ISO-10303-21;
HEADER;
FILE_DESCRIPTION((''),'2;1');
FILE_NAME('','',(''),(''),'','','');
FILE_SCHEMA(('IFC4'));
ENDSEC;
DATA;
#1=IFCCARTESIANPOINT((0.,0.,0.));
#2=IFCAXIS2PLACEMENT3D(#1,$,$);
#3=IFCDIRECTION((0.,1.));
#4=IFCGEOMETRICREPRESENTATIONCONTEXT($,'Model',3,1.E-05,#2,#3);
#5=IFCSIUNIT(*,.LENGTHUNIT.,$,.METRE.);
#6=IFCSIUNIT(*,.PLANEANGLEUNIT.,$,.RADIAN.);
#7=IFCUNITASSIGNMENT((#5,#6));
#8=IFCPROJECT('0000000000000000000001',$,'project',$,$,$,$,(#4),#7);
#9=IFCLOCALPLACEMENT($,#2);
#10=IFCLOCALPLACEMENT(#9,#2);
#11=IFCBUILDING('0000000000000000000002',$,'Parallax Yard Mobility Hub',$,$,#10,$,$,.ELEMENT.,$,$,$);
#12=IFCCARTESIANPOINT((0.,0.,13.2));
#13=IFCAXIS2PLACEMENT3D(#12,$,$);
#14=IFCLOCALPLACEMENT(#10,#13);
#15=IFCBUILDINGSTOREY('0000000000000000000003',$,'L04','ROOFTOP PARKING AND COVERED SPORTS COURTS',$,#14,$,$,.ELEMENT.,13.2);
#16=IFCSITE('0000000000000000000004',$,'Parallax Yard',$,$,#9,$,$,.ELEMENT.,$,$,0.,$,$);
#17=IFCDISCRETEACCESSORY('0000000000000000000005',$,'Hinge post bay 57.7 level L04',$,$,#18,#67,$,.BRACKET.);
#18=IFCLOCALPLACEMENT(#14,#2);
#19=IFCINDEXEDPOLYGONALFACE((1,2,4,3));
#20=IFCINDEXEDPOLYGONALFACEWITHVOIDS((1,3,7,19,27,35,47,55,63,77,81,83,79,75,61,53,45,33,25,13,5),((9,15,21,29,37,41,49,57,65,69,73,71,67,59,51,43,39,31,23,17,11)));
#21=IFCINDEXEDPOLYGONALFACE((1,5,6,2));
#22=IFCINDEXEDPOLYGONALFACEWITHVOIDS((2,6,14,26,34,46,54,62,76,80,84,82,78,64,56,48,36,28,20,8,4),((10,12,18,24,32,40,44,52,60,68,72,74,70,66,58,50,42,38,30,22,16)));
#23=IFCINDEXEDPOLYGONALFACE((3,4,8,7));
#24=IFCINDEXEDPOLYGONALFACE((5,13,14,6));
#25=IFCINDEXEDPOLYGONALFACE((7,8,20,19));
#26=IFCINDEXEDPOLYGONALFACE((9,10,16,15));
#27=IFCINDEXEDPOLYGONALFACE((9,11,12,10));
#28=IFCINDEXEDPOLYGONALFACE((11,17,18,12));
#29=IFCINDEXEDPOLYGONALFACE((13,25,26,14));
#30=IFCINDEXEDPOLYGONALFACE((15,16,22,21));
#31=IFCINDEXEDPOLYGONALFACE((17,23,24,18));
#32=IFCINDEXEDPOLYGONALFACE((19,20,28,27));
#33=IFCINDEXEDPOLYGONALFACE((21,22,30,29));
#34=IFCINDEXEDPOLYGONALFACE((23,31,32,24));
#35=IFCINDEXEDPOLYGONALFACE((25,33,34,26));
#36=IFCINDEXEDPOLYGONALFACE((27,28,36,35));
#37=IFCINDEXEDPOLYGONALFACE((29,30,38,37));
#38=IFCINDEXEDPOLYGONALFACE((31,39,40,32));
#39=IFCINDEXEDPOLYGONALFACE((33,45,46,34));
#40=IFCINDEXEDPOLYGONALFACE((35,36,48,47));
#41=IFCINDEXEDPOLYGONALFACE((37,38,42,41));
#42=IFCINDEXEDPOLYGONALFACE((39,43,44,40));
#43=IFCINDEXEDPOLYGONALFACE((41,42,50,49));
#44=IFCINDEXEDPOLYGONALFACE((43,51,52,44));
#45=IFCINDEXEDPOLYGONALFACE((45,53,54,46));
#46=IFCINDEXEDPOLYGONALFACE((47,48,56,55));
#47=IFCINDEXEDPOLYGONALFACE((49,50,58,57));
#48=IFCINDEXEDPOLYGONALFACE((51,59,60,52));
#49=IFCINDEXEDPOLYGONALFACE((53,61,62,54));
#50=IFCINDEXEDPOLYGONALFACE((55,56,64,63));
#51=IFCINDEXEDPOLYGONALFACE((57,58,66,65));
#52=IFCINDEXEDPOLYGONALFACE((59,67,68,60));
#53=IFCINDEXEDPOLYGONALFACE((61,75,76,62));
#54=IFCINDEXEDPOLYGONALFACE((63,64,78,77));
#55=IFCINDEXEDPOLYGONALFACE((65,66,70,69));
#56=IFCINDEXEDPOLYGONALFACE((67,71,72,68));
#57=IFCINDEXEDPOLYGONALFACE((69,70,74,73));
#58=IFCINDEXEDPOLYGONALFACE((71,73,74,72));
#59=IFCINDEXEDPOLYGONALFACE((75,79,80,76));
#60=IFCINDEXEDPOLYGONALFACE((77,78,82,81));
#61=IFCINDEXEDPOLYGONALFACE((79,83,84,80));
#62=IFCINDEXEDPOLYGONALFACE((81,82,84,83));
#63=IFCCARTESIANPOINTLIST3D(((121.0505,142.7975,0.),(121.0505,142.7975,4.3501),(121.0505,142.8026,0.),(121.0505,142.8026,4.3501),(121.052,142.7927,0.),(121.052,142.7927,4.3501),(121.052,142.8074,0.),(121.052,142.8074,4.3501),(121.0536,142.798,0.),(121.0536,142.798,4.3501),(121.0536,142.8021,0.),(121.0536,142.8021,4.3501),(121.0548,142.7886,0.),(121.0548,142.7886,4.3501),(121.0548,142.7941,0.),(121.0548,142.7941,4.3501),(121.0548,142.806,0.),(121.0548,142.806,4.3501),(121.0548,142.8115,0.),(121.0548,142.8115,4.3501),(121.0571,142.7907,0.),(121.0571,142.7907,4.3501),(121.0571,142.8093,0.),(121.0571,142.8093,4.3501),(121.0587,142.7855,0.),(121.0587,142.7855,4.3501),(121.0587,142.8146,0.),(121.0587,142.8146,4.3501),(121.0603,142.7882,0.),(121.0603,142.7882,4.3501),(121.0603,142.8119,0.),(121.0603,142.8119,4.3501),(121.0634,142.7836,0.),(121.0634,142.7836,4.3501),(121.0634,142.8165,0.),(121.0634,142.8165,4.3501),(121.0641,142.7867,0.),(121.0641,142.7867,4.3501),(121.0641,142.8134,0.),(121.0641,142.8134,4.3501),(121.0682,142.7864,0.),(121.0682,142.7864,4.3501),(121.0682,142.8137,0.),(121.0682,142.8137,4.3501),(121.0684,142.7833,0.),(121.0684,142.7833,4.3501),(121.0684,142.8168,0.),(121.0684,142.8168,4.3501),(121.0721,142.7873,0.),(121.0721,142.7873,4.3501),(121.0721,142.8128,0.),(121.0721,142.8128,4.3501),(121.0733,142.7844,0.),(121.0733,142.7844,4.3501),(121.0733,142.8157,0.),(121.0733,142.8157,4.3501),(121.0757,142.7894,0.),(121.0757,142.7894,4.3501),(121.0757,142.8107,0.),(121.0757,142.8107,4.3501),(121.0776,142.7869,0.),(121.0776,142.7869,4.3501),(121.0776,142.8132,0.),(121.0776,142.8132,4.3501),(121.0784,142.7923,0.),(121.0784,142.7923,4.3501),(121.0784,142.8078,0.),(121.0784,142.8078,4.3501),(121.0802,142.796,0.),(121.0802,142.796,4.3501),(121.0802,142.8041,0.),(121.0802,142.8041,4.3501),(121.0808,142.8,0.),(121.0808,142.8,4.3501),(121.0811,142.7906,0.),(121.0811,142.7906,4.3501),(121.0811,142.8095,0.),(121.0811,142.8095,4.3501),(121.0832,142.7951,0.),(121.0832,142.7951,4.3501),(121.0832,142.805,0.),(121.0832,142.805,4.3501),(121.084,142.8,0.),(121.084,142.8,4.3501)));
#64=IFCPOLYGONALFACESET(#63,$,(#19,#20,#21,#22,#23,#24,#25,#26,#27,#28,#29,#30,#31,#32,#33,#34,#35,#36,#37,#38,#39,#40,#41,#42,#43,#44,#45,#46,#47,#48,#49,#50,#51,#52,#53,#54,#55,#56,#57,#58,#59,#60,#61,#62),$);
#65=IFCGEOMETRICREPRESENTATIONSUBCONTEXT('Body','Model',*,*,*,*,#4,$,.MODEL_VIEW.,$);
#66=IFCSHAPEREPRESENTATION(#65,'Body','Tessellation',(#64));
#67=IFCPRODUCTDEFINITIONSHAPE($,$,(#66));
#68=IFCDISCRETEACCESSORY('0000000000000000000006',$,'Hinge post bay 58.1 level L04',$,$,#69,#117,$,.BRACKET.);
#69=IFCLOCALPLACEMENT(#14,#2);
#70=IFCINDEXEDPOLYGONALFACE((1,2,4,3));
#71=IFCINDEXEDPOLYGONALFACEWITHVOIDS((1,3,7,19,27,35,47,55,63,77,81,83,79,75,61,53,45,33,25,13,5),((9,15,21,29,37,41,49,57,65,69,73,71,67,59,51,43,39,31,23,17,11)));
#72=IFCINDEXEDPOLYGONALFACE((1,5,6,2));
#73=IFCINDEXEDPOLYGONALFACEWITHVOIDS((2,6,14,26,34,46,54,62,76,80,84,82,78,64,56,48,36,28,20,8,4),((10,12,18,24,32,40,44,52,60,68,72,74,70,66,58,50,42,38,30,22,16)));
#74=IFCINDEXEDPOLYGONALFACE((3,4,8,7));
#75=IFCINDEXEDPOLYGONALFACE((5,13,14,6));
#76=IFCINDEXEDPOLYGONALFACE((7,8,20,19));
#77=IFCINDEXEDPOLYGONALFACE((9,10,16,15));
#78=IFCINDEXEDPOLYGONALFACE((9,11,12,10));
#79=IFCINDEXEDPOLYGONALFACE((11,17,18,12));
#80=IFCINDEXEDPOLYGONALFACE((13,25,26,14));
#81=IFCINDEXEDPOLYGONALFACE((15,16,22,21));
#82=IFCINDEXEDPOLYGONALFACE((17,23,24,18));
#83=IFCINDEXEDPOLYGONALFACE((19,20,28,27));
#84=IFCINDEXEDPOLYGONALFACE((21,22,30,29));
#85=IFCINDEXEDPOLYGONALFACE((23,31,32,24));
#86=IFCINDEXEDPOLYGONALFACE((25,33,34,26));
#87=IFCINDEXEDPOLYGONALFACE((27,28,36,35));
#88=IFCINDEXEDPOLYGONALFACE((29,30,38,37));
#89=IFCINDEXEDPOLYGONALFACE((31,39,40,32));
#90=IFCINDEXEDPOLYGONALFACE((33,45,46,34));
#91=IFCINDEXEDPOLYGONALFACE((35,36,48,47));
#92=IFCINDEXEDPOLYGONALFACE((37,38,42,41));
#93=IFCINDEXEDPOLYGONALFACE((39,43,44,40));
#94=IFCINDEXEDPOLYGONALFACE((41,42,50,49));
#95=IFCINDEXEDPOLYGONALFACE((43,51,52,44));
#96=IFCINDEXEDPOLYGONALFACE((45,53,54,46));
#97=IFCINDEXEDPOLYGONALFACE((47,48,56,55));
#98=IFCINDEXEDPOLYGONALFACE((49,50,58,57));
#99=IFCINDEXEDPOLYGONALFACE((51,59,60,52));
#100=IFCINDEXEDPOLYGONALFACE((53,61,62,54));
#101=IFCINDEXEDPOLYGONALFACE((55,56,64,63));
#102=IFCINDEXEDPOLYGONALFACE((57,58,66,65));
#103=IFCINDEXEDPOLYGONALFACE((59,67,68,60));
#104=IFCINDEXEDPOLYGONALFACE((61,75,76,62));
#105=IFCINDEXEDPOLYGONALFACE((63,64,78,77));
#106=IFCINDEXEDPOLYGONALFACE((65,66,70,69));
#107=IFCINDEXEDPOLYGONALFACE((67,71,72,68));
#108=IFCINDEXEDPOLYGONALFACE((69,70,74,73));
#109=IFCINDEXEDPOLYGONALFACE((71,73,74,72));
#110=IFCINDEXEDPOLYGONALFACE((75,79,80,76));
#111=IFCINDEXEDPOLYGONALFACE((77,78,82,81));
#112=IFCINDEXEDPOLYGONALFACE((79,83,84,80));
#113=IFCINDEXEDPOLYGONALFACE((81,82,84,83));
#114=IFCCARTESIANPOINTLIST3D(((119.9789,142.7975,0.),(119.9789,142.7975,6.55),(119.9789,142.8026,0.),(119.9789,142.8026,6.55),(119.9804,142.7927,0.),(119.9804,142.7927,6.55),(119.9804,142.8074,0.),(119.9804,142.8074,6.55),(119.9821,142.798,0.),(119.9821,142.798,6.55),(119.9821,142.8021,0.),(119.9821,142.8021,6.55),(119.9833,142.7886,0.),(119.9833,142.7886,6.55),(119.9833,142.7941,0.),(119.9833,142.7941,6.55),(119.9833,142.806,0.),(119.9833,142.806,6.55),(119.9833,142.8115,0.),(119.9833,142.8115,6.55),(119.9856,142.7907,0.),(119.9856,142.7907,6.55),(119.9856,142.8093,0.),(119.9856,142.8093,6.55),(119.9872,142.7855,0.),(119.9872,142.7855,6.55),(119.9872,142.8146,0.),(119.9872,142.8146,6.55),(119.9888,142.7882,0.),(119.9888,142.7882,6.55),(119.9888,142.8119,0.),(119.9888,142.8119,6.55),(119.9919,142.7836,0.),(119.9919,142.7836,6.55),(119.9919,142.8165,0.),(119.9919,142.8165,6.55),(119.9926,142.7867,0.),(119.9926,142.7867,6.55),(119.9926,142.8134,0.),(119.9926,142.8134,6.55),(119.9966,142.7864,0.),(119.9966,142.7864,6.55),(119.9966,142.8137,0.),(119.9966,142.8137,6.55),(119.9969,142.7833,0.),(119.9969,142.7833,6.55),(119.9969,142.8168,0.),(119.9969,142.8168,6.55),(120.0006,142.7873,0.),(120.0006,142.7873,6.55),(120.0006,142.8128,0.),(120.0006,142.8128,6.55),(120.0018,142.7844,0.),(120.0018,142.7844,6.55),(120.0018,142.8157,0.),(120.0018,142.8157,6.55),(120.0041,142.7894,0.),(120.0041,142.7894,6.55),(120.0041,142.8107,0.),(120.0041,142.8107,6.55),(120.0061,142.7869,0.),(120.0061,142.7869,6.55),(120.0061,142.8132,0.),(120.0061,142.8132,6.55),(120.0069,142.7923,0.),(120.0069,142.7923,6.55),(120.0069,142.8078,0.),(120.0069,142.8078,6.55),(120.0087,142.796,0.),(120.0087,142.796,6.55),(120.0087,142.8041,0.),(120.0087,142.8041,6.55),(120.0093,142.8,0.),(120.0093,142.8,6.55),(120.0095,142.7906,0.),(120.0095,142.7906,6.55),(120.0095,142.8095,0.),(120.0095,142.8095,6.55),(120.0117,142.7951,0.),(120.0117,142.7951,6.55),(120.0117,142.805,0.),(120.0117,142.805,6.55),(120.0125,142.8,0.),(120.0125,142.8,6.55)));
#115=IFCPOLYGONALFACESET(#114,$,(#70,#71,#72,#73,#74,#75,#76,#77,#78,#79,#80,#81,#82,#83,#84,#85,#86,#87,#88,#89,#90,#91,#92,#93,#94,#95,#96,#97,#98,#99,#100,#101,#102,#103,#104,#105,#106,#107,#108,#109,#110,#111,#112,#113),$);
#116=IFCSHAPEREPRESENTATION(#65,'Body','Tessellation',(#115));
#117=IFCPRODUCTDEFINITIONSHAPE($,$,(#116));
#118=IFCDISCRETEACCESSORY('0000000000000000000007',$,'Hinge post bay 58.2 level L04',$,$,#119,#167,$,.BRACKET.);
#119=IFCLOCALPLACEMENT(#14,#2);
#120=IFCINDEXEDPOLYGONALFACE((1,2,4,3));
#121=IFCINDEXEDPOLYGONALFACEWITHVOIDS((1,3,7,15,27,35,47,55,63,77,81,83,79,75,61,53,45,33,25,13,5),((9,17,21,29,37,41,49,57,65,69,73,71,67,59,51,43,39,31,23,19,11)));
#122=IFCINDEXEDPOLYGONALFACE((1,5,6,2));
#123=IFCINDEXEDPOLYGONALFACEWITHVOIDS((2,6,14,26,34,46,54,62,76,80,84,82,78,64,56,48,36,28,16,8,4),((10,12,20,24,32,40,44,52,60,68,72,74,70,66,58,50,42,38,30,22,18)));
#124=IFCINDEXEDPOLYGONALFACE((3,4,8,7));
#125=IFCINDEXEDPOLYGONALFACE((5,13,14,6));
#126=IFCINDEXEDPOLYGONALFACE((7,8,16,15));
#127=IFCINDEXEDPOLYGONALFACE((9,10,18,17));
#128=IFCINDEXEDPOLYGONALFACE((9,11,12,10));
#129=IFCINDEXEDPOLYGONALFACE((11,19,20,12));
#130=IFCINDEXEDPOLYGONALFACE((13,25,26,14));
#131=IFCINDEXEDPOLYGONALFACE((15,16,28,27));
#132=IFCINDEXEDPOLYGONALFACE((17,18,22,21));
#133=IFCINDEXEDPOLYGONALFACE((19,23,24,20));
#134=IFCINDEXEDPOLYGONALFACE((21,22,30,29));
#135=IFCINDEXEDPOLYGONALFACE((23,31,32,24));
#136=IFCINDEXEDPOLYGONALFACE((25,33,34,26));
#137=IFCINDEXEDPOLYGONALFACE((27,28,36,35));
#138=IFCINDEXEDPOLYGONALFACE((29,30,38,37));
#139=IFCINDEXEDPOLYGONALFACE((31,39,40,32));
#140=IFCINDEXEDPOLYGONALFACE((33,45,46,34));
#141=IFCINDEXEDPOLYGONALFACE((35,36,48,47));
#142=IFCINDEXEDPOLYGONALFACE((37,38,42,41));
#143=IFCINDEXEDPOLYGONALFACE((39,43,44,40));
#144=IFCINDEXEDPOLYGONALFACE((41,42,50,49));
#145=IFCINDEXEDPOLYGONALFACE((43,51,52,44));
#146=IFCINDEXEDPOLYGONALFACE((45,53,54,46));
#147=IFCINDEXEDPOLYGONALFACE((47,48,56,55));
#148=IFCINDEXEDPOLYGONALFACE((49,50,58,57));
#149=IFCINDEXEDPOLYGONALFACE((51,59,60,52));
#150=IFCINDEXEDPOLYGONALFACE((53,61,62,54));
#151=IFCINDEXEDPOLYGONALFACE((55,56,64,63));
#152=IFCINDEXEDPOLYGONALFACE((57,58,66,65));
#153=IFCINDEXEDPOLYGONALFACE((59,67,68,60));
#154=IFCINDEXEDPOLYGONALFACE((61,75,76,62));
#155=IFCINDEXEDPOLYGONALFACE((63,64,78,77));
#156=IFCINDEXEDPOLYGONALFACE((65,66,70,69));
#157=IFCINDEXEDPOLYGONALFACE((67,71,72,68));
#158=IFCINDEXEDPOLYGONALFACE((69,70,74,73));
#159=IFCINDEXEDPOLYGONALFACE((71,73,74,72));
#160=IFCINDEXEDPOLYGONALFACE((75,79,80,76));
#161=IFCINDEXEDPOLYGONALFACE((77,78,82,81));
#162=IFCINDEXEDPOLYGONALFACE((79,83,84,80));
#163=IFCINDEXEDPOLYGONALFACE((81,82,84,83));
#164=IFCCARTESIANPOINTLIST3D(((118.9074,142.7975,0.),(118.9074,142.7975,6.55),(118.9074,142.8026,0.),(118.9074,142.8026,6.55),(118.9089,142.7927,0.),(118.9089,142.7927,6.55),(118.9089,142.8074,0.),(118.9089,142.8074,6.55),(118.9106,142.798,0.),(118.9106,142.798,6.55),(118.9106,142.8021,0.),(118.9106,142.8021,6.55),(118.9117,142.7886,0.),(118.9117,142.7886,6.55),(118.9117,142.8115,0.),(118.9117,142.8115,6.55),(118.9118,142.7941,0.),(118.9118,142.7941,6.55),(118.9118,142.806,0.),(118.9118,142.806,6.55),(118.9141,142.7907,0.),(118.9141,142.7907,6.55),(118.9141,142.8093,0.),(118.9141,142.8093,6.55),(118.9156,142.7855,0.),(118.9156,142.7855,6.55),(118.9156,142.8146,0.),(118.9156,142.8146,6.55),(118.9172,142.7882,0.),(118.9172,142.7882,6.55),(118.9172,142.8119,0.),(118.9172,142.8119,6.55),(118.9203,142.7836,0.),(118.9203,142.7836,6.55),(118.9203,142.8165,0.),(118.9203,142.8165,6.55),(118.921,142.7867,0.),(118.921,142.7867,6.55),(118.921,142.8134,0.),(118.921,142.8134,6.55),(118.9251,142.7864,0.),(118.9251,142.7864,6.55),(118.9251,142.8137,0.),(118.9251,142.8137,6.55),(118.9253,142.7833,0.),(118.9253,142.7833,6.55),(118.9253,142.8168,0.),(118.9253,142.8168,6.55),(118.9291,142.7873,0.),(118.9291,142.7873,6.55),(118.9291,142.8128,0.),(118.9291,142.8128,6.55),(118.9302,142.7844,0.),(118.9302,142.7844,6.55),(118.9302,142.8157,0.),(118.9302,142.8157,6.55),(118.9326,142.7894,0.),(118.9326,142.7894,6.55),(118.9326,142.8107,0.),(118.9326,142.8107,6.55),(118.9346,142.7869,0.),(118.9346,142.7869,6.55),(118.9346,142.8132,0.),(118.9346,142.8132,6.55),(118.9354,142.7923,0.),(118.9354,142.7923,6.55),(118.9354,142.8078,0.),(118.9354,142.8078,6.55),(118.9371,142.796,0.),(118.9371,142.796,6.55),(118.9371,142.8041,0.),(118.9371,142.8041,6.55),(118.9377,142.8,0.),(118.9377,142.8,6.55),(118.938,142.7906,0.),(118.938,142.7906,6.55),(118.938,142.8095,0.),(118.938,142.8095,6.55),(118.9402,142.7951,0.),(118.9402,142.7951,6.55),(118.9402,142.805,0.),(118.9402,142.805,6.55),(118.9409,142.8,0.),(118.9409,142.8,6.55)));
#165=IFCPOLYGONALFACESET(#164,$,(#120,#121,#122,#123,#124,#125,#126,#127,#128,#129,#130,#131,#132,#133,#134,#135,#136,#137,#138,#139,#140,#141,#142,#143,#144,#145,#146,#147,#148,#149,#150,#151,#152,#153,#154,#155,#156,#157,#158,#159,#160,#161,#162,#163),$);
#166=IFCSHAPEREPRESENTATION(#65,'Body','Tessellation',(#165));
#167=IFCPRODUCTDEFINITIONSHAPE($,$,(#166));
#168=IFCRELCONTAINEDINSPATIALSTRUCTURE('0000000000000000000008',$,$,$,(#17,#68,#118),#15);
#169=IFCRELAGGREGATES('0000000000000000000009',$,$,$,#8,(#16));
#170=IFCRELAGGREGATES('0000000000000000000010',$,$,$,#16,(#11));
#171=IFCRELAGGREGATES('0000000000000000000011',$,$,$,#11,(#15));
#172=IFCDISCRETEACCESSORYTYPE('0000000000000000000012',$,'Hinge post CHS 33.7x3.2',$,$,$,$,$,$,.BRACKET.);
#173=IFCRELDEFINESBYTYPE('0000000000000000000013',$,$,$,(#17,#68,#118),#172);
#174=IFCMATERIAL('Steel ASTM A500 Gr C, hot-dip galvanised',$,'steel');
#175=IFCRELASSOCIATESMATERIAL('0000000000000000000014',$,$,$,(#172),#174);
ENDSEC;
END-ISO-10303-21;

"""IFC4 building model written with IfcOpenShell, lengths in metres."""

from ifc_helpers import new_model, si_unit, direction, frame, origin, origin_2d, place, context, subcontext, project, spatial, hollow_circle, extrude, material, material_profile, profile_set, type_object, element, save


model = new_model("IFC4")

# Units and contexts
model_context = context("Model", 3, precision=1e-05, world=origin(), true_north=direction((0.0, 1.0)))
body_context = subcontext(model_context, "Body", "Model", "MODEL_VIEW")
ifc_project = project(units=[si_unit("LENGTHUNIT", "METRE"), si_unit("PLANEANGLEUNIT", "RADIAN")], contexts=[model_context])

# Site, building, storey
site_placement = place(None, origin())
site = spatial("IfcSite", under=ifc_project, at=site_placement, Name="Parallax Yard", CompositionType="ELEMENT", RefElevation=0.0)
building_placement = place(site_placement, origin())
building = spatial("IfcBuilding", under=site, at=building_placement, Name="Parallax Yard Mobility Hub", CompositionType="ELEMENT")
storey_placement = place(building_placement, frame((0.0, 0.0, 13.2)))
storey = spatial("IfcBuildingStorey", under=building, at=storey_placement, Name="L04", Description="ROOFTOP PARKING AND COVERED SPORTS COURTS", CompositionType="ELEMENT", Elevation=13.2)

# Discrete accessories
ifc_material_1 = material(Name="Steel ASTM A500 Gr C, hot-dip galvanised", Category="steel")
ifc_material_profile = material_profile(ifc_material_1, hollow_circle(Radius=0.0168, WallThickness=0.0032, at=origin_2d()), Name="CHS 33.7x3.2")
ifc_profile_set = profile_set([ifc_material_profile], Name="Steel ASTM A500 Gr C, hot-dip galvanised")
discrete_accessory_type_1 = type_object("IfcDiscreteAccessoryType", Name="Hinge post CHS 33.7x3.2", PredefinedType="BRACKET", material=ifc_profile_set)
discrete_accessory_1_placement = place(storey_placement, frame((121.0671, 142.8, 0.0), z_axis=(0.0, 0.0, 1.0), x_axis=(1.0, 0.0, 0.0)))
element("IfcDiscreteAccessory", 1, at=discrete_accessory_1_placement, inside=storey, type_object=discrete_accessory_type_1, Name="Hinge post bay 57.7 level L04", PredefinedType="BRACKET", context=body_context, shape_type="SweptSolid", body=[
    extrude(hollow_circle(Radius=0.0168, WallThickness=0.0032, at=origin_2d()), origin(), (0.0, 0.0, 1.0), 4.3501),
])
for number, where, z_axis, x_axis, name in (
    (2, (119.9956, 142.8, 0.0), (0.0, 0.0, 1.0), (1.0, 0.0, 0.0), "Hinge post bay 58.1 level L04"),
    (3, (118.9241, 142.8, 0.0), (0.0, 0.0, 1.0), (1.0, 0.0, 0.0), "Hinge post bay 58.2 level L04"),
):
    element("IfcDiscreteAccessory", number, at=place(storey_placement, frame(where, z_axis=z_axis, x_axis=x_axis)), inside=storey, type_object=discrete_accessory_type_1, Name=name, PredefinedType="BRACKET", context=body_context, shape_type="SweptSolid", body=[
        extrude(hollow_circle(Radius=0.0168, WallThickness=0.0032, at=origin_2d()), origin(), (0.0, 0.0, 1.0), 6.55),
    ])

save(model, "model.ifc")
